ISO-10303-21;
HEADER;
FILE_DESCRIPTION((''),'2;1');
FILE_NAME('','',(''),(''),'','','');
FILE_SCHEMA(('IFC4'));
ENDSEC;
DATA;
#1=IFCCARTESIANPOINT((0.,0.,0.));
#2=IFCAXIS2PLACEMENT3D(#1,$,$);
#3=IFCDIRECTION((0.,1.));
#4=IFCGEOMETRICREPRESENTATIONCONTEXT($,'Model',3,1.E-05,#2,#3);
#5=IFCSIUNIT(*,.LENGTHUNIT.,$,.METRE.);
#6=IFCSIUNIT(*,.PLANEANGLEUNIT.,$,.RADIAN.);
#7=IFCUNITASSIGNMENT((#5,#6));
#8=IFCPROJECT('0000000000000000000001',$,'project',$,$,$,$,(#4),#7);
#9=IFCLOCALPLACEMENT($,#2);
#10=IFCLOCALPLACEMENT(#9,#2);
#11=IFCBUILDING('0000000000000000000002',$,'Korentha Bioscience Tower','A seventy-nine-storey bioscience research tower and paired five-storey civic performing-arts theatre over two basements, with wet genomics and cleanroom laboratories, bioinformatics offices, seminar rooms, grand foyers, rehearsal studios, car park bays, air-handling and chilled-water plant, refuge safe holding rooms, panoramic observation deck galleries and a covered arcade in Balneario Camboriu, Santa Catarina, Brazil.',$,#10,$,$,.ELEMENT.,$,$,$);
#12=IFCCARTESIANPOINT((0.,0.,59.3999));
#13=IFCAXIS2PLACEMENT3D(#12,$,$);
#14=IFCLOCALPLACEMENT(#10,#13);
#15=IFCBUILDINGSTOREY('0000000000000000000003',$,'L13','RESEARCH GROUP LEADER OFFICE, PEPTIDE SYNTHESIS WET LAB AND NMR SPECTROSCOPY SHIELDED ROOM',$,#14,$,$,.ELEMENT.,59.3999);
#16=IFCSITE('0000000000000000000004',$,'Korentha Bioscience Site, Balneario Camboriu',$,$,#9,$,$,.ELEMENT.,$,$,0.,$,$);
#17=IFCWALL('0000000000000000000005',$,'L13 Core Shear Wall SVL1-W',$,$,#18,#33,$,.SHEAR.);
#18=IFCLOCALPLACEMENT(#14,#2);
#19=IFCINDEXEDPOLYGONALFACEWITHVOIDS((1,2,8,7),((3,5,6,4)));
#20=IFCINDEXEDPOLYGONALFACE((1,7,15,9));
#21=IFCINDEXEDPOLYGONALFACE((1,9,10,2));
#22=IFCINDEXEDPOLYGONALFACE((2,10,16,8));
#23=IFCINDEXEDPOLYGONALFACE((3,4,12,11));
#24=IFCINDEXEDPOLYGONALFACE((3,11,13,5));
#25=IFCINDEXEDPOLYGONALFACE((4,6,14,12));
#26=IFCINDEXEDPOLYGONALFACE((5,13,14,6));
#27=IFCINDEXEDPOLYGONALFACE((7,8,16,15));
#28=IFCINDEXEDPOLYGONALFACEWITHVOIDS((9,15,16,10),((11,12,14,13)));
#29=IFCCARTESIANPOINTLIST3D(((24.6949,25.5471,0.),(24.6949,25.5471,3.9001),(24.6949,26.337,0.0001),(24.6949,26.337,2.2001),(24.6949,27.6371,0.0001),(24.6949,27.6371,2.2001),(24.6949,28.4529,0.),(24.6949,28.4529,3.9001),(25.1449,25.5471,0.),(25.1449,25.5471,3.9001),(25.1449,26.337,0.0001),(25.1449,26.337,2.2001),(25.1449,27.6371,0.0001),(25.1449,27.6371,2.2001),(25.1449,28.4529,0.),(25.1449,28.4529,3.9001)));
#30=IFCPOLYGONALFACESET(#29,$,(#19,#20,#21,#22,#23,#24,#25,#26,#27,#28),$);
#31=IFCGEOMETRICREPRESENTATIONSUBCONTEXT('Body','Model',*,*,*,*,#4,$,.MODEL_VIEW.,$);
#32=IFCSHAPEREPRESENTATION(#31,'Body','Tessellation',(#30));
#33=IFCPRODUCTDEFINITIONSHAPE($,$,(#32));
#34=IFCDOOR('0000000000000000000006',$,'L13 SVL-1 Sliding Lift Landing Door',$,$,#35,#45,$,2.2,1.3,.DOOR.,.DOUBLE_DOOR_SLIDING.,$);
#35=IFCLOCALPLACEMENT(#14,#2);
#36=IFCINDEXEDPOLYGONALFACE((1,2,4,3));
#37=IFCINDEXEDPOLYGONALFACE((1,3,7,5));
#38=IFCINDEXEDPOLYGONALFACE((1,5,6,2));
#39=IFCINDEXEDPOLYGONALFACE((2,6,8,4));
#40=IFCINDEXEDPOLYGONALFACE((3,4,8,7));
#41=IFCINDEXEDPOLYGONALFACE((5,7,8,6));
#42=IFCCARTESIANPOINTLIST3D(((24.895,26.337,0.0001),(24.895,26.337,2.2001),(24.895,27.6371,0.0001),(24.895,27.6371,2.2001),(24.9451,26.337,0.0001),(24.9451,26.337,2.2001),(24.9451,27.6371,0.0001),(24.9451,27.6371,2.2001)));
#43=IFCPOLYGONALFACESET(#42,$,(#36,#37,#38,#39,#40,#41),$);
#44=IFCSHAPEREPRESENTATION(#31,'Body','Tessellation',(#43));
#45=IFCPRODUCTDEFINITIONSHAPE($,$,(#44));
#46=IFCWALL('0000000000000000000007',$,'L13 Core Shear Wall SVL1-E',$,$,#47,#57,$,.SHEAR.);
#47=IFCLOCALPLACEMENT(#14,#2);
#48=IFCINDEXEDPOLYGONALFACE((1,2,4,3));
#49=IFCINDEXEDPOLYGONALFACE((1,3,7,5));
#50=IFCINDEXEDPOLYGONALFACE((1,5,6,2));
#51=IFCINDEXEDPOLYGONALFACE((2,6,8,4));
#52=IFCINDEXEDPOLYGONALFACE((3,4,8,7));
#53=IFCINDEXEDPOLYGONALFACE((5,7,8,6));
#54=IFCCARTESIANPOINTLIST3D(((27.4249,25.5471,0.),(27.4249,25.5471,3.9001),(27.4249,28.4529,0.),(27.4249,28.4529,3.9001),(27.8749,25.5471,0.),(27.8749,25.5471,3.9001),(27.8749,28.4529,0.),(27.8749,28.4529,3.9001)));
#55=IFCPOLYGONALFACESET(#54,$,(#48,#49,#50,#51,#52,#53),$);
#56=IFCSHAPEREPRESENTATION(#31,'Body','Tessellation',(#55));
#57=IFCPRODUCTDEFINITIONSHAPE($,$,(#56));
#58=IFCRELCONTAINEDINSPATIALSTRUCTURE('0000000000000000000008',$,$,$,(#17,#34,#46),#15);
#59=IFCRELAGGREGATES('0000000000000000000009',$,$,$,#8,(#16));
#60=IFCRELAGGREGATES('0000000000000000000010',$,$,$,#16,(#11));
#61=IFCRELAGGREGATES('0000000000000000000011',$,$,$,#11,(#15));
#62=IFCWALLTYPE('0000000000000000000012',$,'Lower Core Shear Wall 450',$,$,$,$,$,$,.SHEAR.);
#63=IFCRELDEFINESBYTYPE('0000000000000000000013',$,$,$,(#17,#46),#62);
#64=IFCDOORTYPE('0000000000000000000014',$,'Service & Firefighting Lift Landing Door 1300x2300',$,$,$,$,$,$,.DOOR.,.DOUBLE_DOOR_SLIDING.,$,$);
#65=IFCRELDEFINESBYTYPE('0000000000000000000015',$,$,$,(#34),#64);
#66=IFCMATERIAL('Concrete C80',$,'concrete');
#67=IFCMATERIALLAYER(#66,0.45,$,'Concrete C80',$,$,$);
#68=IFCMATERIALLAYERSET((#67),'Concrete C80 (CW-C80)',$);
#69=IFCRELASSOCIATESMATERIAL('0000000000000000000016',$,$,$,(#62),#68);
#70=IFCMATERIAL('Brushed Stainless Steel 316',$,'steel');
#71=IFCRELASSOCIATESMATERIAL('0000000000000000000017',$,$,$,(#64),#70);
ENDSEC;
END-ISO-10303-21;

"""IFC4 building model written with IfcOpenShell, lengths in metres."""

from ifc_helpers import new_model, si_unit, direction, frame, frame_2d, origin, place, context, subcontext, project, spatial, rectangle, extrude, material, layer, layer_set, type_object, element, fill, save


model = new_model("IFC4")

# Units and contexts
model_context = context("Model", 3, precision=1e-05, world=origin(), true_north=direction((0.0, 1.0)))
body_context = subcontext(model_context, "Body", "Model", "MODEL_VIEW")
ifc_project = project(units=[si_unit("LENGTHUNIT", "METRE"), si_unit("PLANEANGLEUNIT", "RADIAN")], contexts=[model_context])

# Site, building, storey
site_placement = place(None, origin())
site = spatial("IfcSite", under=ifc_project, at=site_placement, Name="Korentha Bioscience Site, Balneario Camboriu", CompositionType="ELEMENT", RefElevation=0.0)
building_placement = place(site_placement, origin())
building = spatial("IfcBuilding", under=site, at=building_placement, Name="Korentha Bioscience Tower", Description="A seventy-nine-storey bioscience research tower and paired five-storey civic performing-arts theatre over two basements, with wet genomics and cleanroom laboratories, bioinformatics offices, seminar rooms, grand foyers, rehearsal studios, car park bays, air-handling and chilled-water plant, refuge safe holding rooms, panoramic observation deck galleries and a covered arcade in Balneario Camboriu, Santa Catarina, Brazil.", CompositionType="ELEMENT")
storey_placement = place(building_placement, frame((0.0, 0.0, 59.3999)))
storey = spatial("IfcBuildingStorey", under=building, at=storey_placement, Name="L13", Description="RESEARCH GROUP LEADER OFFICE, PEPTIDE SYNTHESIS WET LAB AND NMR SPECTROSCOPY SHIELDED ROOM", CompositionType="ELEMENT", Elevation=59.3999)

# Shared definitions
ifc_material_1 = material(Name="Concrete C80", Category="concrete")
ifc_layer_1 = layer(ifc_material_1, 0.45, Name="Concrete C80")
ifc_layer_set_1 = layer_set([ifc_layer_1], Name="Concrete C80 (CW-C80)")
wall_type_1 = type_object("IfcWallType", Name="Lower Core Shear Wall 450", PredefinedType="SHEAR", material=ifc_layer_set_1)

# Shared definitions
ifc_material_2 = material(Name="Brushed Stainless Steel 316", Category="steel")
door_type_1 = type_object("IfcDoorType", Name="Service & Firefighting Lift Landing Door 1300x2300", OperationType="DOUBLE_DOOR_SLIDING", PredefinedType="DOOR", material=ifc_material_2)

# Wall, opening, door
wall_1_placement = place(storey_placement, frame((24.9199, 25.5471, 0.0), z_axis=(0.0, 0.0, 1.0), x_axis=(0.0, 1.0, 0.0)))
wall_1 = element("IfcWall", 1, at=wall_1_placement, inside=storey, type_object=wall_type_1, Name="L13 Core Shear Wall SVL1-W", PredefinedType="SHEAR", context=body_context, shape_type="SweptSolid", body=[
    extrude(rectangle(XDim=2.9058, YDim=0.45, at=frame_2d((1.4529, 0.0))), origin(), (0.0, 0.0, 1.0), 3.9001),
])
opening_1_placement = place(wall_1_placement, frame((0.79, 0.0, 0.0)))
opening_1 = element("IfcOpeningElement", 2, at=opening_1_placement, cuts=wall_1, PredefinedType="OPENING", context=body_context, shape_type="SweptSolid", body=[
    extrude(rectangle(XDim=1.3, YDim=2.2, at=frame_2d((0.6499, 1.1001))), frame((0.0, 0.2397, 0.0), z_axis=(0.0, -1.0, 0.0), x_axis=(1.0, 0.0, 0.0)), (0.0, 0.0, 1.0), 0.4797),
])
door_1_placement = place(opening_1_placement, origin())
door_1 = element("IfcDoor", 3, at=door_1_placement, inside=storey, type_object=door_type_1, Name="L13 SVL-1 Sliding Lift Landing Door", OperationType="DOUBLE_DOOR_SLIDING", OverallHeight=2.2, OverallWidth=1.3, PredefinedType="DOOR", context=body_context, shape_type="SweptSolid", body=[
    extrude(rectangle(XDim=1.3, YDim=2.2, at=frame_2d((0.6499, 1.1001))), frame((0.0, 0.0249, 0.0), z_axis=(0.0, -1.0, 0.0), x_axis=(1.0, 0.0, 0.0)), (0.0, 0.0, 1.0), 0.05),
])
fill(opening_1, door_1)

# Wall
wall_2_placement = place(storey_placement, frame((27.6499, 25.5471, 0.0), z_axis=(0.0, 0.0, 1.0), x_axis=(0.0, 1.0, 0.0)))
element("IfcWall", 4, at=wall_2_placement, inside=storey, type_object=wall_type_1, Name="L13 Core Shear Wall SVL1-E", PredefinedType="SHEAR", context=body_context, shape_type="SweptSolid", body=[
    extrude(rectangle(XDim=2.9058, YDim=0.45, at=frame_2d((1.4529, 0.0))), origin(), (0.0, 0.0, 1.0), 3.9001),
])

save(model, "model.ifc")
